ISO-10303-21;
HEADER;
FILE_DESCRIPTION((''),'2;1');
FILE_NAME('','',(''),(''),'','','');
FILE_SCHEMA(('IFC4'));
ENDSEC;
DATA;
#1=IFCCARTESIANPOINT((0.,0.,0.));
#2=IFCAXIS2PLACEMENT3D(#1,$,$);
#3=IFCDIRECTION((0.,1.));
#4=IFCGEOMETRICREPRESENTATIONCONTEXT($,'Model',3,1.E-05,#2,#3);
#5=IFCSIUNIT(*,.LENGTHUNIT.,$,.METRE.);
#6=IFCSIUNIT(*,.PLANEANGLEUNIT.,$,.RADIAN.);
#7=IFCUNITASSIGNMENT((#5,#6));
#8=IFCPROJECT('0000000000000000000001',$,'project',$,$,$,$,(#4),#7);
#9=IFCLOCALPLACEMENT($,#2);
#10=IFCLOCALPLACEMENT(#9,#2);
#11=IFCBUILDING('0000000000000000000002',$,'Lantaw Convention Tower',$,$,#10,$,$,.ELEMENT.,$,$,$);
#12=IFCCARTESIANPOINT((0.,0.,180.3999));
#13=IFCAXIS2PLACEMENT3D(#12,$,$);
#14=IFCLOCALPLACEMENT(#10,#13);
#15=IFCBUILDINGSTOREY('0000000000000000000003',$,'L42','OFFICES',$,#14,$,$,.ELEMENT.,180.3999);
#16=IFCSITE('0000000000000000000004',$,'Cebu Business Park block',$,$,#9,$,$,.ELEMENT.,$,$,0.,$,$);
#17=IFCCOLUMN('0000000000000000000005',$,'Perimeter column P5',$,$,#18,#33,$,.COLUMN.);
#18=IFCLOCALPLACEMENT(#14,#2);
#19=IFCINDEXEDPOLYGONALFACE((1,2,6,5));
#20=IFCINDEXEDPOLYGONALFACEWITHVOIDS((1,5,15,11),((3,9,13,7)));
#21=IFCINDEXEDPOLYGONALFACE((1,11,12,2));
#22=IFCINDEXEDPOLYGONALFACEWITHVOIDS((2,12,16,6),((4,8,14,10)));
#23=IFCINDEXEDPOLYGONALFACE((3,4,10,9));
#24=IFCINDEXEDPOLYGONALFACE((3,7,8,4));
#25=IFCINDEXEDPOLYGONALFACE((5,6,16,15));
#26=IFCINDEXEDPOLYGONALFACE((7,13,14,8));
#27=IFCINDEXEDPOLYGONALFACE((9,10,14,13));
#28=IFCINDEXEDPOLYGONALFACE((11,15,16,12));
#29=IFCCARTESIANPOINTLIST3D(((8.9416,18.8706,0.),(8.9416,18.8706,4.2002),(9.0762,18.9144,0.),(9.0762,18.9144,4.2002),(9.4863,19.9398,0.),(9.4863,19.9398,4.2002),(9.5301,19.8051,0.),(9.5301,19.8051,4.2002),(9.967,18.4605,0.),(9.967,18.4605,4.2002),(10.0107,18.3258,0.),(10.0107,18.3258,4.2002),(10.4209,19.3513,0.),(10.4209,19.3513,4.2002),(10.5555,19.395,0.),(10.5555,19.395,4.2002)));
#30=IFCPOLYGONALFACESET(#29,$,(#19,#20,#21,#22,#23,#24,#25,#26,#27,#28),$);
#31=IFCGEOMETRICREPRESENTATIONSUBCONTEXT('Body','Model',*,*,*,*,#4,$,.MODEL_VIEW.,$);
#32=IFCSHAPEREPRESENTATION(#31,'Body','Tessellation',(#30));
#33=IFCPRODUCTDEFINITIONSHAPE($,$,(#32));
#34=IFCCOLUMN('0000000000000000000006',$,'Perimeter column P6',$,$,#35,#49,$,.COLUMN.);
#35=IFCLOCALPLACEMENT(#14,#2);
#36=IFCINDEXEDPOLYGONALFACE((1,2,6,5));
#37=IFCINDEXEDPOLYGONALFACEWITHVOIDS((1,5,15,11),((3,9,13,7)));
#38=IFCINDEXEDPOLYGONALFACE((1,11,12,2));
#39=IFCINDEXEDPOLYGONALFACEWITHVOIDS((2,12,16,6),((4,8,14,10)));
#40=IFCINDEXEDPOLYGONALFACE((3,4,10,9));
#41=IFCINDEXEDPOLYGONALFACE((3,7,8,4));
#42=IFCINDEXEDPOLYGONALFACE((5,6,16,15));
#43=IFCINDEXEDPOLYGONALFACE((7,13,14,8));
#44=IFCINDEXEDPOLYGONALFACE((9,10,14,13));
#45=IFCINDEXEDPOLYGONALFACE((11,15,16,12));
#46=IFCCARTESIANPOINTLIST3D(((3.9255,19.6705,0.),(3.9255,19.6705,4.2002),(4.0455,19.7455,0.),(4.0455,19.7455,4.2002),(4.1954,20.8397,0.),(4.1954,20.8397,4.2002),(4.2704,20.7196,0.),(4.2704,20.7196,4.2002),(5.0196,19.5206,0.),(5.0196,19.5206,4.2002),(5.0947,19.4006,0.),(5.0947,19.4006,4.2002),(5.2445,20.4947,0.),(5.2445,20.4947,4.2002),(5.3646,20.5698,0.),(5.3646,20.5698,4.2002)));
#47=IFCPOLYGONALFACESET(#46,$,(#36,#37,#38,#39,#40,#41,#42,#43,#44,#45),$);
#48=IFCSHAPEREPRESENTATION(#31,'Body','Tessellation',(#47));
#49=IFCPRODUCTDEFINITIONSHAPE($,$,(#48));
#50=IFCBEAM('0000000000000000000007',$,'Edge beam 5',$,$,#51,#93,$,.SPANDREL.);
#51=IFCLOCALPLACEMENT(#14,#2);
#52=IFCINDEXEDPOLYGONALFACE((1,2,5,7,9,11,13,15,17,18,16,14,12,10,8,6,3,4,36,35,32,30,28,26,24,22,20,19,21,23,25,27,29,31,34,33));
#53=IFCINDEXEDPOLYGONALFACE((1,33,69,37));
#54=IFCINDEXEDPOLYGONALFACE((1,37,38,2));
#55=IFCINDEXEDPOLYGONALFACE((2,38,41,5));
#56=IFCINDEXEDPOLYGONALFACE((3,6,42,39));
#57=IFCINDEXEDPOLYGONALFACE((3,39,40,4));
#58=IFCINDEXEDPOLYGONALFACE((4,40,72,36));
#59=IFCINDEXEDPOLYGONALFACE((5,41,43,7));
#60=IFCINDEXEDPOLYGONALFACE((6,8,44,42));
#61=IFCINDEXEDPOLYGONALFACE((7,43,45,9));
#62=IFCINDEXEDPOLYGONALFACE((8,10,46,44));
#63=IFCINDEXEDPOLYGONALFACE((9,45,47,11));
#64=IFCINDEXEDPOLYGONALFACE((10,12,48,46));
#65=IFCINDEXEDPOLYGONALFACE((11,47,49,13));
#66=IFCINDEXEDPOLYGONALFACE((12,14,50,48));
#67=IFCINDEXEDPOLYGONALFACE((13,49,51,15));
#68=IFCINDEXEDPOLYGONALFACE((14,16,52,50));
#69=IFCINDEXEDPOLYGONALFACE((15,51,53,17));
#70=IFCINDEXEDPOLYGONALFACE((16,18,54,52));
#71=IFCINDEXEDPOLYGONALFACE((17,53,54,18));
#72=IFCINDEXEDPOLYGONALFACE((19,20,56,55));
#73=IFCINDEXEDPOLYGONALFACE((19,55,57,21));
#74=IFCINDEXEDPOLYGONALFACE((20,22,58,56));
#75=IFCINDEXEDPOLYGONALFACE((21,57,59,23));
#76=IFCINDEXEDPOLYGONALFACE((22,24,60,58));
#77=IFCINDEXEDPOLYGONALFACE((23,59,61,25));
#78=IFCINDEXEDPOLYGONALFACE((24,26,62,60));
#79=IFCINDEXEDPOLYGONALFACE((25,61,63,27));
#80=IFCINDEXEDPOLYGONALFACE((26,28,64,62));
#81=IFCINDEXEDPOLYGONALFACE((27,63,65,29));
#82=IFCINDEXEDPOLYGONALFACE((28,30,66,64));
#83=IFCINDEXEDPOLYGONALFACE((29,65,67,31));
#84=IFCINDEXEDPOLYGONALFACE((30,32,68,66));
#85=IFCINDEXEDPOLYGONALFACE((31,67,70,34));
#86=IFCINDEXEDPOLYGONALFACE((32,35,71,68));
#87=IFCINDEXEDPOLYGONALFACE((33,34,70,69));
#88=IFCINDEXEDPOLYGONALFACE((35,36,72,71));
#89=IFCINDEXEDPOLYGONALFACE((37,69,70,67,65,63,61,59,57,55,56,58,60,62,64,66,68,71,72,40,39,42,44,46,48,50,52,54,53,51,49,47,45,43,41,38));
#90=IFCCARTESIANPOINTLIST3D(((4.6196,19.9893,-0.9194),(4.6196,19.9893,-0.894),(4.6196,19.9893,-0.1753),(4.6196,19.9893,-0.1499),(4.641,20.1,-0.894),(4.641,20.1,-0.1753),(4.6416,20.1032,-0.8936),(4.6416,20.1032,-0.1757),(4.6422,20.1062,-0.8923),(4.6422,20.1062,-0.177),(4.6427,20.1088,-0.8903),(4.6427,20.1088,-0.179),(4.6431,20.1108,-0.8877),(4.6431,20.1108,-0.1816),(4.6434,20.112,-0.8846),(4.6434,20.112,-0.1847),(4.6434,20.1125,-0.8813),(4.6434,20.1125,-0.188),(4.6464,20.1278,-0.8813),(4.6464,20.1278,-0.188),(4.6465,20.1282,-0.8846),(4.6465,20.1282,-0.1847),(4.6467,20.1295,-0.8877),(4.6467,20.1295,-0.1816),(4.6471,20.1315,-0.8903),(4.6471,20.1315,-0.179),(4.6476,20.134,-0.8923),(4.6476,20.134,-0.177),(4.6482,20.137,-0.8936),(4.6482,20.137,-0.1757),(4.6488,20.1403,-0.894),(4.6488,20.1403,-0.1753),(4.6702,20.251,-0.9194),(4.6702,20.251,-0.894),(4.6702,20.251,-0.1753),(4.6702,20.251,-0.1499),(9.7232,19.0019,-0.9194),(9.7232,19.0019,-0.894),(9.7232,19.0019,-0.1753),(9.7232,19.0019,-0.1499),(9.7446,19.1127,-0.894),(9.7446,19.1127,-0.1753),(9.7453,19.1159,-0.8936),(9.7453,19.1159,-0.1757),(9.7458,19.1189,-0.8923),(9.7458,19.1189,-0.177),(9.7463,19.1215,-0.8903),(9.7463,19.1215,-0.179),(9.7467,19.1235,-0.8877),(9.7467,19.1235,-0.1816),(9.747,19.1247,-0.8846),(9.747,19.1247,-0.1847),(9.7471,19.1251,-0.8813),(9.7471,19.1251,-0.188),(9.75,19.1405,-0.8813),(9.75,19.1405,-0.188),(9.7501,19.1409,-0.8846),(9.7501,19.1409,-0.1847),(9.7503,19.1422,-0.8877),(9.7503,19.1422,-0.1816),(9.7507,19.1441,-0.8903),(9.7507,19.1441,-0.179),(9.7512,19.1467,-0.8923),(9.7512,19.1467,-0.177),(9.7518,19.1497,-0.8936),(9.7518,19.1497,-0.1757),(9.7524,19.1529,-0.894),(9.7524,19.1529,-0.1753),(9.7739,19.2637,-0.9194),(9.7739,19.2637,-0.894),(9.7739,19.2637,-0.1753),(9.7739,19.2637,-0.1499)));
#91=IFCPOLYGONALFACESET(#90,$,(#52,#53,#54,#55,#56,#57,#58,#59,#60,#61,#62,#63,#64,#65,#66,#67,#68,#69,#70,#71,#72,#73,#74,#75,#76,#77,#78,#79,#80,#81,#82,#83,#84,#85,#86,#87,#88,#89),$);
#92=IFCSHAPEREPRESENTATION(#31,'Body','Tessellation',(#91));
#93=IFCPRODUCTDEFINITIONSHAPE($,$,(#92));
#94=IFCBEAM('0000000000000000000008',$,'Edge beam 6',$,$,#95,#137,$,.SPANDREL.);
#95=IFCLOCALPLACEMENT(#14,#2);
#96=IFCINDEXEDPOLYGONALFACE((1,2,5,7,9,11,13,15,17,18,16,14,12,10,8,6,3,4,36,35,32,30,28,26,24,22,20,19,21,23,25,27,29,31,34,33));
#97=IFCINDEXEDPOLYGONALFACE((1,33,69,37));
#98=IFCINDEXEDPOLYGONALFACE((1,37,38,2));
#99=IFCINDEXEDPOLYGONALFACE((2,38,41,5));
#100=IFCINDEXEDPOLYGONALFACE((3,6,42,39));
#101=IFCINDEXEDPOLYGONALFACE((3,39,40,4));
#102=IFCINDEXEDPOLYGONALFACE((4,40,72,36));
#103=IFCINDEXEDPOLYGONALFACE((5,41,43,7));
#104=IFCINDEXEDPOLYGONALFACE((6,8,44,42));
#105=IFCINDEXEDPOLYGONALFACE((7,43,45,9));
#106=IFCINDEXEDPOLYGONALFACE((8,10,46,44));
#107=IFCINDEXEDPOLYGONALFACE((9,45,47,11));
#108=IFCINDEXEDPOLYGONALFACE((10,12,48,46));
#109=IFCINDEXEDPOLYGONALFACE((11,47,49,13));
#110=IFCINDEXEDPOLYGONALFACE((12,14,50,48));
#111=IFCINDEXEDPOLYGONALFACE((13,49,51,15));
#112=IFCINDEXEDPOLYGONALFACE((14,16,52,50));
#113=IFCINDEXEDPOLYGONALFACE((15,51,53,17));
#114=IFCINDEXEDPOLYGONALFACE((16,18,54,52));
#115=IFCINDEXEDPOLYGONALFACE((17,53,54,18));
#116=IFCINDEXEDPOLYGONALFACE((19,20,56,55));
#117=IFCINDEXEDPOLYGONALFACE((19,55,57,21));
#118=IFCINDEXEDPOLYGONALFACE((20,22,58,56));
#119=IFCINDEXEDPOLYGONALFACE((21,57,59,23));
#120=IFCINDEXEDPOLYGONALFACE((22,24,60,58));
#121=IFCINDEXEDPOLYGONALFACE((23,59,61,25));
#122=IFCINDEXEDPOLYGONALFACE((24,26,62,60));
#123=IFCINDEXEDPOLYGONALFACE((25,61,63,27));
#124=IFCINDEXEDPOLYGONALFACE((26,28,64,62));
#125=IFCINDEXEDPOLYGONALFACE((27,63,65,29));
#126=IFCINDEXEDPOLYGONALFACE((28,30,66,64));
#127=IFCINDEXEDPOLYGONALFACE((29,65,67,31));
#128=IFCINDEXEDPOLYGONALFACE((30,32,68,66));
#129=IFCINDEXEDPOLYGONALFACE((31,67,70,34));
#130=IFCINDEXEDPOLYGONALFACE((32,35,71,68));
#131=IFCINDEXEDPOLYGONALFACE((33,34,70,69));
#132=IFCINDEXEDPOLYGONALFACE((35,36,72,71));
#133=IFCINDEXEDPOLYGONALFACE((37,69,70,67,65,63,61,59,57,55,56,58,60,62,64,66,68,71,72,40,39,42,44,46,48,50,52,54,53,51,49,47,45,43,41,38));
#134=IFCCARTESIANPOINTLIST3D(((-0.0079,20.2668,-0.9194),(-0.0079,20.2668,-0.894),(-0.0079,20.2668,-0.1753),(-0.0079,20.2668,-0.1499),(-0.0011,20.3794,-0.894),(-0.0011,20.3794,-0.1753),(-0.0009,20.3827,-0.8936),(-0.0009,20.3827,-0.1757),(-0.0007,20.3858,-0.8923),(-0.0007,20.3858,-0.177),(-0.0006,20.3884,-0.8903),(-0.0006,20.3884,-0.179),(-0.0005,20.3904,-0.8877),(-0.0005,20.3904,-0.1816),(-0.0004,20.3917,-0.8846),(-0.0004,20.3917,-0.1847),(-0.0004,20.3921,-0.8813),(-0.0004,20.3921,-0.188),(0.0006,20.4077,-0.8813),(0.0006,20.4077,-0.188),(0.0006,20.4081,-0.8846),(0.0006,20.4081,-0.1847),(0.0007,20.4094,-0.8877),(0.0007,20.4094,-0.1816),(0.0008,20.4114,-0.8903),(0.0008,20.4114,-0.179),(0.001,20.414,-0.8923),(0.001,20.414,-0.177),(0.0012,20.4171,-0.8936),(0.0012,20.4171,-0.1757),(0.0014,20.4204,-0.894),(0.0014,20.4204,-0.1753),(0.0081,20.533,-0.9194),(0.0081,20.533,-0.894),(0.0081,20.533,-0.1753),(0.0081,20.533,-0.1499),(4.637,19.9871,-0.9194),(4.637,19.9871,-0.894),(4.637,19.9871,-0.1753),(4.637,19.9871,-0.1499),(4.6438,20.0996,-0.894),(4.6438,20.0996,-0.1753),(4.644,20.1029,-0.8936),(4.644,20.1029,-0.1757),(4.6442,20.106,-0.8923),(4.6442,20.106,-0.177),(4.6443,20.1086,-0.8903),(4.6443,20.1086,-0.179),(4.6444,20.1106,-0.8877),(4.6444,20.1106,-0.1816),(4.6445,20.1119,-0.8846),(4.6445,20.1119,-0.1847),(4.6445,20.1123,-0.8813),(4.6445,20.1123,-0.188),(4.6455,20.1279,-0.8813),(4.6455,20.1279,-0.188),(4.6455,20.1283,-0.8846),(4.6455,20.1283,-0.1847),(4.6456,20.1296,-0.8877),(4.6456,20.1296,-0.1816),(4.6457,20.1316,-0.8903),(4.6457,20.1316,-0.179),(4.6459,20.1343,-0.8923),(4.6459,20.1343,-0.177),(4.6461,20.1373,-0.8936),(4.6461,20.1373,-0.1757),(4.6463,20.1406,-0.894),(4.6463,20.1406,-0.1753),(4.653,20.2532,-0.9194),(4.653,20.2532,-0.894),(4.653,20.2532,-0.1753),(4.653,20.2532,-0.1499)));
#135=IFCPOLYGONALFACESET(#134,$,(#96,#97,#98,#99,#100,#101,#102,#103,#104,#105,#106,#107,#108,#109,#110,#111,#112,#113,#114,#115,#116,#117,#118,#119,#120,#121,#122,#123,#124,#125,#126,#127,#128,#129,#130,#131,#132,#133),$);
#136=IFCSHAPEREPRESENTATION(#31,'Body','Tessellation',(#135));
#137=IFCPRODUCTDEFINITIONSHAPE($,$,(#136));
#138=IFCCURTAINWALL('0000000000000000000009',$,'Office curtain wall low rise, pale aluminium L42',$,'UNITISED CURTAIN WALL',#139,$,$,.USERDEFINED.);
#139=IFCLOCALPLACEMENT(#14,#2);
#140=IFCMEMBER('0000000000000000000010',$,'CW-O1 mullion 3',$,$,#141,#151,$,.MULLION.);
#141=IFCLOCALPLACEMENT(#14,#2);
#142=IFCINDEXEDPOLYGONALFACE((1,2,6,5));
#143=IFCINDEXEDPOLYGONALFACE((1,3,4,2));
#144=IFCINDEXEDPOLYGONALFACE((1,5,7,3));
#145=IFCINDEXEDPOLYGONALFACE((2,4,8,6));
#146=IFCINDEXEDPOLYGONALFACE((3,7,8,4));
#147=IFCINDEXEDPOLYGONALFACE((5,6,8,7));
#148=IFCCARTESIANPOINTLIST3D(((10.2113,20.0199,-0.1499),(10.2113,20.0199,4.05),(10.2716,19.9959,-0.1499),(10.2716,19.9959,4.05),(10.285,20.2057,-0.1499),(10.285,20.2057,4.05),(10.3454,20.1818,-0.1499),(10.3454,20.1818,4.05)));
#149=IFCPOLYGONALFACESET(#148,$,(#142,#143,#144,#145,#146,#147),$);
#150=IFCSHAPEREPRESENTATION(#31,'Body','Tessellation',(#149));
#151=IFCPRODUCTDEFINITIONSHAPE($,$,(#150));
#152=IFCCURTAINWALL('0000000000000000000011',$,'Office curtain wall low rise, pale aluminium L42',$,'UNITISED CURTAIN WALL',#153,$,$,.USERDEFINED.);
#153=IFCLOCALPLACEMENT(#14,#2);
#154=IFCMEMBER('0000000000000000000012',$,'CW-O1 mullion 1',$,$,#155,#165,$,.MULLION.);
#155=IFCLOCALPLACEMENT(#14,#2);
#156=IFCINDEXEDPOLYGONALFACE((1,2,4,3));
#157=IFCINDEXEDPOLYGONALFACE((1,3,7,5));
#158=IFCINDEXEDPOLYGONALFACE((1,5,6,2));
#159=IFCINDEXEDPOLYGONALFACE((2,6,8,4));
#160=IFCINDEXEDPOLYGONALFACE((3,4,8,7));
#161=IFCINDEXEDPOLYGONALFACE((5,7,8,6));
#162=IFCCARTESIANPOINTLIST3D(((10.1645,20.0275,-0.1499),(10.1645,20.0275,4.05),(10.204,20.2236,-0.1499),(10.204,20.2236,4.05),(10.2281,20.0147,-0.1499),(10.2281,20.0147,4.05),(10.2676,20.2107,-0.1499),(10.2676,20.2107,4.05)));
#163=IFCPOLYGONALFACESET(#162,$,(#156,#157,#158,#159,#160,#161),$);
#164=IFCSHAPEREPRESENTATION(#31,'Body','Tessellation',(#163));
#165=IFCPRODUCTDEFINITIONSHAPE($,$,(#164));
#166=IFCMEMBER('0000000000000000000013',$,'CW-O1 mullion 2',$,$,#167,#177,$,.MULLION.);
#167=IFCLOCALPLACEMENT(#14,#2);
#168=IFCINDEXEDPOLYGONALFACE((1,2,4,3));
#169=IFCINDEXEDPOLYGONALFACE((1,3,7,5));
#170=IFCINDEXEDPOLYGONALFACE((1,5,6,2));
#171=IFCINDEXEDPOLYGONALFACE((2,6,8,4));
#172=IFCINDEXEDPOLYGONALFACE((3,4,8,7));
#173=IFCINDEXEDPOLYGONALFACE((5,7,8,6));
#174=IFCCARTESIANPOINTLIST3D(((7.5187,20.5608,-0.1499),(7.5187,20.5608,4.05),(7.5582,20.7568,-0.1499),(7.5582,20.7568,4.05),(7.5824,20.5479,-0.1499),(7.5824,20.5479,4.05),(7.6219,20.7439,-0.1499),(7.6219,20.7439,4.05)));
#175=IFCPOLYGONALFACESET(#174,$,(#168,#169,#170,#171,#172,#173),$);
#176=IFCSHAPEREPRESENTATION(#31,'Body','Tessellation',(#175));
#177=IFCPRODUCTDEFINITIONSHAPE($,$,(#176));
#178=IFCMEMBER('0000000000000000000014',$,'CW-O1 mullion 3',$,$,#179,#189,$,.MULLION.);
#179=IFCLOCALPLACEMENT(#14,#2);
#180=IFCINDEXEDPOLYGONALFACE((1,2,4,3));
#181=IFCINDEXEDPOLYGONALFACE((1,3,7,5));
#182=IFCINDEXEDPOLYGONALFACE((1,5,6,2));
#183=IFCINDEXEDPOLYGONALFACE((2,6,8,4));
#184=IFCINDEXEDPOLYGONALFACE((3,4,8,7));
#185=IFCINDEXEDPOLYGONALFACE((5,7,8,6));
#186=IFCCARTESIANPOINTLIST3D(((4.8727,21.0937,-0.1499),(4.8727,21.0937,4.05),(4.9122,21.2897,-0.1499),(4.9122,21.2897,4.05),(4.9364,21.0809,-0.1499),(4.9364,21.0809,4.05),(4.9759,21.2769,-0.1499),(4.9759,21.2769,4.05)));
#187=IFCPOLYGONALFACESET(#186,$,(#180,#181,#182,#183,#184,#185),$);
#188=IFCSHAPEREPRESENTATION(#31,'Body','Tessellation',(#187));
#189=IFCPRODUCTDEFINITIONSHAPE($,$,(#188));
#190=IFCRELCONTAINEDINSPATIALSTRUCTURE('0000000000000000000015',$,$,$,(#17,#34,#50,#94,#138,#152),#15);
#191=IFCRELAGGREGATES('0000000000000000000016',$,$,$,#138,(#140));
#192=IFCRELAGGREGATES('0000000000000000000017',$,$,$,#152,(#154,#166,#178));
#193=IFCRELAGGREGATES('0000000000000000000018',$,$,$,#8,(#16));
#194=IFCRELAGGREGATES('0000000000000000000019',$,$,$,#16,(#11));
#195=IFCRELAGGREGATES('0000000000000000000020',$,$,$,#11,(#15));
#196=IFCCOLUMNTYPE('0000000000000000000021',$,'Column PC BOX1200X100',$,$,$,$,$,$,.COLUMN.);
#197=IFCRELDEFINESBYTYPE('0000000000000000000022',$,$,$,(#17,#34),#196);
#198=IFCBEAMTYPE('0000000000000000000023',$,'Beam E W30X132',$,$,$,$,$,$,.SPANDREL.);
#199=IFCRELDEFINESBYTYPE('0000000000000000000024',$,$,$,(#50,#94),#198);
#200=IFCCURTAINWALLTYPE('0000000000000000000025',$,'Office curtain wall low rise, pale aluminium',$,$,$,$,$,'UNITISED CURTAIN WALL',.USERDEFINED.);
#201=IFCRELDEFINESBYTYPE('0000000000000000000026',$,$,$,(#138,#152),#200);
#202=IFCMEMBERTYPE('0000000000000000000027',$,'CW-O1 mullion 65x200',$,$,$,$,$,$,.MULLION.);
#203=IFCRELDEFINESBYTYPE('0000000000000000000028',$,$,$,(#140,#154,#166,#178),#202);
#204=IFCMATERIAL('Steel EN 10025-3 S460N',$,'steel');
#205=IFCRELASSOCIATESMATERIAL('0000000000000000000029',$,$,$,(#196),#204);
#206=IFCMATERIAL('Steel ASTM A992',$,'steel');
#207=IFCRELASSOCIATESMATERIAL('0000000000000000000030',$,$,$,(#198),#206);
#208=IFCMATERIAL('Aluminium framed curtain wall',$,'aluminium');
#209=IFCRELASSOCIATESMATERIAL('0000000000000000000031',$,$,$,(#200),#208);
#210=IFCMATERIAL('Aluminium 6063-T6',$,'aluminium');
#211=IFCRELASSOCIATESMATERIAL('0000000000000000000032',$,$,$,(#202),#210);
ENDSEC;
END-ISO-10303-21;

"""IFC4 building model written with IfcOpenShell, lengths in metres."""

from ifc_helpers import new_model, si_unit, direction, frame, origin, origin_2d, place, context, subcontext, project, spatial, rectangle, hollow_rectangle, i_section, extrude, material, material_profile, profile_set, type_object, element, aggregate, save


model = new_model("IFC4")

# Units and contexts
model_context = context("Model", 3, precision=1e-05, world=origin(), true_north=direction((0.0, 1.0)))
body_context = subcontext(model_context, "Body", "Model", "MODEL_VIEW")
ifc_project = project(units=[si_unit("LENGTHUNIT", "METRE"), si_unit("PLANEANGLEUNIT", "RADIAN")], contexts=[model_context])

# Site, building, storey
site_placement = place(None, origin())
site = spatial("IfcSite", under=ifc_project, at=site_placement, Name="Cebu Business Park block", CompositionType="ELEMENT", RefElevation=0.0)
building_placement = place(site_placement, origin())
building = spatial("IfcBuilding", under=site, at=building_placement, Name="Lantaw Convention Tower", CompositionType="ELEMENT")
storey_placement = place(building_placement, frame((0.0, 0.0, 180.3999)))
storey = spatial("IfcBuildingStorey", under=building, at=storey_placement, Name="L42", Description="OFFICES", CompositionType="ELEMENT", Elevation=180.3999)

# Columns
ifc_material_1 = material(Name="Steel EN 10025-3 S460N", Category="steel")
ifc_material_profile_1 = material_profile(ifc_material_1, hollow_rectangle(XDim=1.2, YDim=1.2, WallThickness=0.1001, at=origin_2d()), Name="BOX1200X100")
ifc_material_2 = material(Name="Concrete C60/75", Category="concrete")
ifc_material_profile_2 = material_profile(ifc_material_2, rectangle(XDim=1.0, YDim=1.0, at=origin_2d()), Name="Concrete fill of BOX1200X100")
ifc_profile_set_1 = profile_set([ifc_material_profile_1, ifc_material_profile_2], Name="Steel EN 10025-3 S460N")
column_type = type_object("IfcColumnType", Name="Column PC BOX1200X100", PredefinedType="COLUMN", material=ifc_profile_set_1)
for number, where, z_axis, x_axis, name in (
    (1, (9.7485, 19.1328, 0.0), (0.0, 0.0, 1.0), (0.45399, 0.891007, 0.0), "Perimeter column P5"),
    (2, (4.645, 20.1201, 0.0), (0.0, 0.0, 1.0), (0.224951, 0.97437, 0.0), "Perimeter column P6"),
):
    element("IfcColumn", number, at=place(storey_placement, frame(where, z_axis=z_axis, x_axis=x_axis)), inside=storey, type_object=column_type, Name=name, PredefinedType="COLUMN", context=body_context, shape_type="SweptSolid", body=[
        extrude(hollow_rectangle(XDim=1.2, YDim=1.2, WallThickness=0.1001, at=origin_2d()), origin(), (0.0, 0.0, 1.0), 4.2002),
    ])

# Beams
ifc_material_3 = material(Name="Steel ASTM A992", Category="steel")
ifc_material_profile_3 = material_profile(ifc_material_3, i_section(OverallWidth=0.2666, OverallDepth=0.7695, WebThickness=0.0156, FlangeThickness=0.0254, FilletRadius=0.0127, at=origin_2d()), Name="W30X132")
ifc_profile_set_2 = profile_set([ifc_material_profile_3], Name="Steel ASTM A992")
beam_type = type_object("IfcBeamType", Name="Beam E W30X132", PredefinedType="SPANDREL", material=ifc_profile_set_2)
beam_1_placement = place(storey_placement, frame((9.7485, 19.1328, -0.5347), z_axis=(-0.981797, 0.189934, 0.0), x_axis=(-0.189934, -0.981797, 0.0)))
element("IfcBeam", 3, at=beam_1_placement, inside=storey, type_object=beam_type, Name="Edge beam 5", PredefinedType="SPANDREL", context=body_context, shape_type="SweptSolid", body=[
    extrude(i_section(OverallWidth=0.2666, OverallDepth=0.7695, WebThickness=0.0156, FlangeThickness=0.0254, FilletRadius=0.0127, at=origin_2d()), origin(), (0.0, 0.0, 1.0), 5.1982),
])
beam_2_placement = place(storey_placement, frame((4.645, 20.1201, -0.5347), z_axis=(-0.998191, 0.060124, 0.0), x_axis=(-0.060124, -0.998191, 0.0)))
element("IfcBeam", 4, at=beam_2_placement, inside=storey, type_object=beam_type, Name="Edge beam 6", PredefinedType="SPANDREL", context=body_context, shape_type="SweptSolid", body=[
    extrude(i_section(OverallWidth=0.2666, OverallDepth=0.7695, WebThickness=0.0156, FlangeThickness=0.0254, FilletRadius=0.0127, at=origin_2d()), origin(), (0.0, 0.0, 1.0), 4.6533),
])

# Curtain wall, member
ifc_material_4 = material(Name="Aluminium framed curtain wall", Category="aluminium")
curtain_wall_type = type_object("IfcCurtainWallType", Name="Office curtain wall low rise, pale aluminium", ElementType="UNITISED CURTAIN WALL", PredefinedType="USERDEFINED", material=ifc_material_4)
curtain_wall_1_placement = place(storey_placement, origin())
curtain_wall_1 = element("IfcCurtainWall", 5, at=curtain_wall_1_placement, inside=storey, type_object=curtain_wall_type, Name="Office curtain wall low rise, pale aluminium L42", ObjectType="UNITISED CURTAIN WALL", PredefinedType="USERDEFINED")
ifc_material_5 = material(Name="Aluminium 6063-T6", Category="aluminium")
ifc_material_profile_4 = material_profile(ifc_material_5, rectangle(XDim=0.2, YDim=0.0649, at=origin_2d()), Name="CW-O1 mullion 65x200")
ifc_profile_set_3 = profile_set([ifc_material_profile_4], Name="Aluminium 6063-T6")
member_type_1 = type_object("IfcMemberType", Name="CW-O1 mullion 65x200", PredefinedType="MULLION", material=ifc_profile_set_3)
member_1_placement = place(storey_placement, frame((10.2783, 20.1008, -0.1499), z_axis=(0.0, 0.0, 1.0), x_axis=(-0.368702, -0.929548, 0.0)))
member_1 = element("IfcMember", 6, at=member_1_placement, type_object=member_type_1, Name="CW-O1 mullion 3", PredefinedType="MULLION", context=body_context, shape_type="SweptSolid", body=[
    extrude(rectangle(XDim=0.2, YDim=0.0649, at=origin_2d()), origin(), (0.0, 0.0, 1.0), 4.2),
])

# Curtain wall, members
curtain_wall_2_placement = place(storey_placement, origin())
curtain_wall_2 = element("IfcCurtainWall", 7, at=curtain_wall_2_placement, inside=storey, type_object=curtain_wall_type, Name="Office curtain wall low rise, pale aluminium L42", ObjectType="UNITISED CURTAIN WALL", PredefinedType="USERDEFINED")
member_2_placement = place(storey_placement, frame((10.2161, 20.1191, -0.1499), z_axis=(0.0, 0.0, 1.0), x_axis=(-0.197507, -0.980302, 0.0)))
member_2 = element("IfcMember", 8, at=member_2_placement, type_object=member_type_1, Name="CW-O1 mullion 1", PredefinedType="MULLION", context=body_context, shape_type="SweptSolid", body=[
    extrude(rectangle(XDim=0.2, YDim=0.0649, at=origin_2d()), origin(), (0.0, 0.0, 1.0), 4.2),
])
member_3_placement = place(storey_placement, frame((7.5703, 20.6523, -0.1499), z_axis=(0.0, 0.0, 1.0), x_axis=(-0.197507, -0.980302, 0.0)))
member_3 = element("IfcMember", 9, at=member_3_placement, type_object=member_type_1, Name="CW-O1 mullion 2", PredefinedType="MULLION", context=body_context, shape_type="SweptSolid", body=[
    extrude(rectangle(XDim=0.2, YDim=0.0649, at=origin_2d()), origin(), (0.0, 0.0, 1.0), 4.2),
])
member_4_placement = place(storey_placement, frame((4.9243, 21.1853, -0.1499), z_axis=(0.0, 0.0, 1.0), x_axis=(-0.197507, -0.980302, 0.0)))
member_4 = element("IfcMember", 10, at=member_4_placement, type_object=member_type_1, Name="CW-O1 mullion 3", PredefinedType="MULLION", context=body_context, shape_type="SweptSolid", body=[
    extrude(rectangle(XDim=0.2, YDim=0.0649, at=origin_2d()), origin(), (0.0, 0.0, 1.0), 4.2),
])

aggregate(curtain_wall_1, [member_1])
aggregate(curtain_wall_2, [member_2, member_3, member_4])

save(model, "model.ifc")
